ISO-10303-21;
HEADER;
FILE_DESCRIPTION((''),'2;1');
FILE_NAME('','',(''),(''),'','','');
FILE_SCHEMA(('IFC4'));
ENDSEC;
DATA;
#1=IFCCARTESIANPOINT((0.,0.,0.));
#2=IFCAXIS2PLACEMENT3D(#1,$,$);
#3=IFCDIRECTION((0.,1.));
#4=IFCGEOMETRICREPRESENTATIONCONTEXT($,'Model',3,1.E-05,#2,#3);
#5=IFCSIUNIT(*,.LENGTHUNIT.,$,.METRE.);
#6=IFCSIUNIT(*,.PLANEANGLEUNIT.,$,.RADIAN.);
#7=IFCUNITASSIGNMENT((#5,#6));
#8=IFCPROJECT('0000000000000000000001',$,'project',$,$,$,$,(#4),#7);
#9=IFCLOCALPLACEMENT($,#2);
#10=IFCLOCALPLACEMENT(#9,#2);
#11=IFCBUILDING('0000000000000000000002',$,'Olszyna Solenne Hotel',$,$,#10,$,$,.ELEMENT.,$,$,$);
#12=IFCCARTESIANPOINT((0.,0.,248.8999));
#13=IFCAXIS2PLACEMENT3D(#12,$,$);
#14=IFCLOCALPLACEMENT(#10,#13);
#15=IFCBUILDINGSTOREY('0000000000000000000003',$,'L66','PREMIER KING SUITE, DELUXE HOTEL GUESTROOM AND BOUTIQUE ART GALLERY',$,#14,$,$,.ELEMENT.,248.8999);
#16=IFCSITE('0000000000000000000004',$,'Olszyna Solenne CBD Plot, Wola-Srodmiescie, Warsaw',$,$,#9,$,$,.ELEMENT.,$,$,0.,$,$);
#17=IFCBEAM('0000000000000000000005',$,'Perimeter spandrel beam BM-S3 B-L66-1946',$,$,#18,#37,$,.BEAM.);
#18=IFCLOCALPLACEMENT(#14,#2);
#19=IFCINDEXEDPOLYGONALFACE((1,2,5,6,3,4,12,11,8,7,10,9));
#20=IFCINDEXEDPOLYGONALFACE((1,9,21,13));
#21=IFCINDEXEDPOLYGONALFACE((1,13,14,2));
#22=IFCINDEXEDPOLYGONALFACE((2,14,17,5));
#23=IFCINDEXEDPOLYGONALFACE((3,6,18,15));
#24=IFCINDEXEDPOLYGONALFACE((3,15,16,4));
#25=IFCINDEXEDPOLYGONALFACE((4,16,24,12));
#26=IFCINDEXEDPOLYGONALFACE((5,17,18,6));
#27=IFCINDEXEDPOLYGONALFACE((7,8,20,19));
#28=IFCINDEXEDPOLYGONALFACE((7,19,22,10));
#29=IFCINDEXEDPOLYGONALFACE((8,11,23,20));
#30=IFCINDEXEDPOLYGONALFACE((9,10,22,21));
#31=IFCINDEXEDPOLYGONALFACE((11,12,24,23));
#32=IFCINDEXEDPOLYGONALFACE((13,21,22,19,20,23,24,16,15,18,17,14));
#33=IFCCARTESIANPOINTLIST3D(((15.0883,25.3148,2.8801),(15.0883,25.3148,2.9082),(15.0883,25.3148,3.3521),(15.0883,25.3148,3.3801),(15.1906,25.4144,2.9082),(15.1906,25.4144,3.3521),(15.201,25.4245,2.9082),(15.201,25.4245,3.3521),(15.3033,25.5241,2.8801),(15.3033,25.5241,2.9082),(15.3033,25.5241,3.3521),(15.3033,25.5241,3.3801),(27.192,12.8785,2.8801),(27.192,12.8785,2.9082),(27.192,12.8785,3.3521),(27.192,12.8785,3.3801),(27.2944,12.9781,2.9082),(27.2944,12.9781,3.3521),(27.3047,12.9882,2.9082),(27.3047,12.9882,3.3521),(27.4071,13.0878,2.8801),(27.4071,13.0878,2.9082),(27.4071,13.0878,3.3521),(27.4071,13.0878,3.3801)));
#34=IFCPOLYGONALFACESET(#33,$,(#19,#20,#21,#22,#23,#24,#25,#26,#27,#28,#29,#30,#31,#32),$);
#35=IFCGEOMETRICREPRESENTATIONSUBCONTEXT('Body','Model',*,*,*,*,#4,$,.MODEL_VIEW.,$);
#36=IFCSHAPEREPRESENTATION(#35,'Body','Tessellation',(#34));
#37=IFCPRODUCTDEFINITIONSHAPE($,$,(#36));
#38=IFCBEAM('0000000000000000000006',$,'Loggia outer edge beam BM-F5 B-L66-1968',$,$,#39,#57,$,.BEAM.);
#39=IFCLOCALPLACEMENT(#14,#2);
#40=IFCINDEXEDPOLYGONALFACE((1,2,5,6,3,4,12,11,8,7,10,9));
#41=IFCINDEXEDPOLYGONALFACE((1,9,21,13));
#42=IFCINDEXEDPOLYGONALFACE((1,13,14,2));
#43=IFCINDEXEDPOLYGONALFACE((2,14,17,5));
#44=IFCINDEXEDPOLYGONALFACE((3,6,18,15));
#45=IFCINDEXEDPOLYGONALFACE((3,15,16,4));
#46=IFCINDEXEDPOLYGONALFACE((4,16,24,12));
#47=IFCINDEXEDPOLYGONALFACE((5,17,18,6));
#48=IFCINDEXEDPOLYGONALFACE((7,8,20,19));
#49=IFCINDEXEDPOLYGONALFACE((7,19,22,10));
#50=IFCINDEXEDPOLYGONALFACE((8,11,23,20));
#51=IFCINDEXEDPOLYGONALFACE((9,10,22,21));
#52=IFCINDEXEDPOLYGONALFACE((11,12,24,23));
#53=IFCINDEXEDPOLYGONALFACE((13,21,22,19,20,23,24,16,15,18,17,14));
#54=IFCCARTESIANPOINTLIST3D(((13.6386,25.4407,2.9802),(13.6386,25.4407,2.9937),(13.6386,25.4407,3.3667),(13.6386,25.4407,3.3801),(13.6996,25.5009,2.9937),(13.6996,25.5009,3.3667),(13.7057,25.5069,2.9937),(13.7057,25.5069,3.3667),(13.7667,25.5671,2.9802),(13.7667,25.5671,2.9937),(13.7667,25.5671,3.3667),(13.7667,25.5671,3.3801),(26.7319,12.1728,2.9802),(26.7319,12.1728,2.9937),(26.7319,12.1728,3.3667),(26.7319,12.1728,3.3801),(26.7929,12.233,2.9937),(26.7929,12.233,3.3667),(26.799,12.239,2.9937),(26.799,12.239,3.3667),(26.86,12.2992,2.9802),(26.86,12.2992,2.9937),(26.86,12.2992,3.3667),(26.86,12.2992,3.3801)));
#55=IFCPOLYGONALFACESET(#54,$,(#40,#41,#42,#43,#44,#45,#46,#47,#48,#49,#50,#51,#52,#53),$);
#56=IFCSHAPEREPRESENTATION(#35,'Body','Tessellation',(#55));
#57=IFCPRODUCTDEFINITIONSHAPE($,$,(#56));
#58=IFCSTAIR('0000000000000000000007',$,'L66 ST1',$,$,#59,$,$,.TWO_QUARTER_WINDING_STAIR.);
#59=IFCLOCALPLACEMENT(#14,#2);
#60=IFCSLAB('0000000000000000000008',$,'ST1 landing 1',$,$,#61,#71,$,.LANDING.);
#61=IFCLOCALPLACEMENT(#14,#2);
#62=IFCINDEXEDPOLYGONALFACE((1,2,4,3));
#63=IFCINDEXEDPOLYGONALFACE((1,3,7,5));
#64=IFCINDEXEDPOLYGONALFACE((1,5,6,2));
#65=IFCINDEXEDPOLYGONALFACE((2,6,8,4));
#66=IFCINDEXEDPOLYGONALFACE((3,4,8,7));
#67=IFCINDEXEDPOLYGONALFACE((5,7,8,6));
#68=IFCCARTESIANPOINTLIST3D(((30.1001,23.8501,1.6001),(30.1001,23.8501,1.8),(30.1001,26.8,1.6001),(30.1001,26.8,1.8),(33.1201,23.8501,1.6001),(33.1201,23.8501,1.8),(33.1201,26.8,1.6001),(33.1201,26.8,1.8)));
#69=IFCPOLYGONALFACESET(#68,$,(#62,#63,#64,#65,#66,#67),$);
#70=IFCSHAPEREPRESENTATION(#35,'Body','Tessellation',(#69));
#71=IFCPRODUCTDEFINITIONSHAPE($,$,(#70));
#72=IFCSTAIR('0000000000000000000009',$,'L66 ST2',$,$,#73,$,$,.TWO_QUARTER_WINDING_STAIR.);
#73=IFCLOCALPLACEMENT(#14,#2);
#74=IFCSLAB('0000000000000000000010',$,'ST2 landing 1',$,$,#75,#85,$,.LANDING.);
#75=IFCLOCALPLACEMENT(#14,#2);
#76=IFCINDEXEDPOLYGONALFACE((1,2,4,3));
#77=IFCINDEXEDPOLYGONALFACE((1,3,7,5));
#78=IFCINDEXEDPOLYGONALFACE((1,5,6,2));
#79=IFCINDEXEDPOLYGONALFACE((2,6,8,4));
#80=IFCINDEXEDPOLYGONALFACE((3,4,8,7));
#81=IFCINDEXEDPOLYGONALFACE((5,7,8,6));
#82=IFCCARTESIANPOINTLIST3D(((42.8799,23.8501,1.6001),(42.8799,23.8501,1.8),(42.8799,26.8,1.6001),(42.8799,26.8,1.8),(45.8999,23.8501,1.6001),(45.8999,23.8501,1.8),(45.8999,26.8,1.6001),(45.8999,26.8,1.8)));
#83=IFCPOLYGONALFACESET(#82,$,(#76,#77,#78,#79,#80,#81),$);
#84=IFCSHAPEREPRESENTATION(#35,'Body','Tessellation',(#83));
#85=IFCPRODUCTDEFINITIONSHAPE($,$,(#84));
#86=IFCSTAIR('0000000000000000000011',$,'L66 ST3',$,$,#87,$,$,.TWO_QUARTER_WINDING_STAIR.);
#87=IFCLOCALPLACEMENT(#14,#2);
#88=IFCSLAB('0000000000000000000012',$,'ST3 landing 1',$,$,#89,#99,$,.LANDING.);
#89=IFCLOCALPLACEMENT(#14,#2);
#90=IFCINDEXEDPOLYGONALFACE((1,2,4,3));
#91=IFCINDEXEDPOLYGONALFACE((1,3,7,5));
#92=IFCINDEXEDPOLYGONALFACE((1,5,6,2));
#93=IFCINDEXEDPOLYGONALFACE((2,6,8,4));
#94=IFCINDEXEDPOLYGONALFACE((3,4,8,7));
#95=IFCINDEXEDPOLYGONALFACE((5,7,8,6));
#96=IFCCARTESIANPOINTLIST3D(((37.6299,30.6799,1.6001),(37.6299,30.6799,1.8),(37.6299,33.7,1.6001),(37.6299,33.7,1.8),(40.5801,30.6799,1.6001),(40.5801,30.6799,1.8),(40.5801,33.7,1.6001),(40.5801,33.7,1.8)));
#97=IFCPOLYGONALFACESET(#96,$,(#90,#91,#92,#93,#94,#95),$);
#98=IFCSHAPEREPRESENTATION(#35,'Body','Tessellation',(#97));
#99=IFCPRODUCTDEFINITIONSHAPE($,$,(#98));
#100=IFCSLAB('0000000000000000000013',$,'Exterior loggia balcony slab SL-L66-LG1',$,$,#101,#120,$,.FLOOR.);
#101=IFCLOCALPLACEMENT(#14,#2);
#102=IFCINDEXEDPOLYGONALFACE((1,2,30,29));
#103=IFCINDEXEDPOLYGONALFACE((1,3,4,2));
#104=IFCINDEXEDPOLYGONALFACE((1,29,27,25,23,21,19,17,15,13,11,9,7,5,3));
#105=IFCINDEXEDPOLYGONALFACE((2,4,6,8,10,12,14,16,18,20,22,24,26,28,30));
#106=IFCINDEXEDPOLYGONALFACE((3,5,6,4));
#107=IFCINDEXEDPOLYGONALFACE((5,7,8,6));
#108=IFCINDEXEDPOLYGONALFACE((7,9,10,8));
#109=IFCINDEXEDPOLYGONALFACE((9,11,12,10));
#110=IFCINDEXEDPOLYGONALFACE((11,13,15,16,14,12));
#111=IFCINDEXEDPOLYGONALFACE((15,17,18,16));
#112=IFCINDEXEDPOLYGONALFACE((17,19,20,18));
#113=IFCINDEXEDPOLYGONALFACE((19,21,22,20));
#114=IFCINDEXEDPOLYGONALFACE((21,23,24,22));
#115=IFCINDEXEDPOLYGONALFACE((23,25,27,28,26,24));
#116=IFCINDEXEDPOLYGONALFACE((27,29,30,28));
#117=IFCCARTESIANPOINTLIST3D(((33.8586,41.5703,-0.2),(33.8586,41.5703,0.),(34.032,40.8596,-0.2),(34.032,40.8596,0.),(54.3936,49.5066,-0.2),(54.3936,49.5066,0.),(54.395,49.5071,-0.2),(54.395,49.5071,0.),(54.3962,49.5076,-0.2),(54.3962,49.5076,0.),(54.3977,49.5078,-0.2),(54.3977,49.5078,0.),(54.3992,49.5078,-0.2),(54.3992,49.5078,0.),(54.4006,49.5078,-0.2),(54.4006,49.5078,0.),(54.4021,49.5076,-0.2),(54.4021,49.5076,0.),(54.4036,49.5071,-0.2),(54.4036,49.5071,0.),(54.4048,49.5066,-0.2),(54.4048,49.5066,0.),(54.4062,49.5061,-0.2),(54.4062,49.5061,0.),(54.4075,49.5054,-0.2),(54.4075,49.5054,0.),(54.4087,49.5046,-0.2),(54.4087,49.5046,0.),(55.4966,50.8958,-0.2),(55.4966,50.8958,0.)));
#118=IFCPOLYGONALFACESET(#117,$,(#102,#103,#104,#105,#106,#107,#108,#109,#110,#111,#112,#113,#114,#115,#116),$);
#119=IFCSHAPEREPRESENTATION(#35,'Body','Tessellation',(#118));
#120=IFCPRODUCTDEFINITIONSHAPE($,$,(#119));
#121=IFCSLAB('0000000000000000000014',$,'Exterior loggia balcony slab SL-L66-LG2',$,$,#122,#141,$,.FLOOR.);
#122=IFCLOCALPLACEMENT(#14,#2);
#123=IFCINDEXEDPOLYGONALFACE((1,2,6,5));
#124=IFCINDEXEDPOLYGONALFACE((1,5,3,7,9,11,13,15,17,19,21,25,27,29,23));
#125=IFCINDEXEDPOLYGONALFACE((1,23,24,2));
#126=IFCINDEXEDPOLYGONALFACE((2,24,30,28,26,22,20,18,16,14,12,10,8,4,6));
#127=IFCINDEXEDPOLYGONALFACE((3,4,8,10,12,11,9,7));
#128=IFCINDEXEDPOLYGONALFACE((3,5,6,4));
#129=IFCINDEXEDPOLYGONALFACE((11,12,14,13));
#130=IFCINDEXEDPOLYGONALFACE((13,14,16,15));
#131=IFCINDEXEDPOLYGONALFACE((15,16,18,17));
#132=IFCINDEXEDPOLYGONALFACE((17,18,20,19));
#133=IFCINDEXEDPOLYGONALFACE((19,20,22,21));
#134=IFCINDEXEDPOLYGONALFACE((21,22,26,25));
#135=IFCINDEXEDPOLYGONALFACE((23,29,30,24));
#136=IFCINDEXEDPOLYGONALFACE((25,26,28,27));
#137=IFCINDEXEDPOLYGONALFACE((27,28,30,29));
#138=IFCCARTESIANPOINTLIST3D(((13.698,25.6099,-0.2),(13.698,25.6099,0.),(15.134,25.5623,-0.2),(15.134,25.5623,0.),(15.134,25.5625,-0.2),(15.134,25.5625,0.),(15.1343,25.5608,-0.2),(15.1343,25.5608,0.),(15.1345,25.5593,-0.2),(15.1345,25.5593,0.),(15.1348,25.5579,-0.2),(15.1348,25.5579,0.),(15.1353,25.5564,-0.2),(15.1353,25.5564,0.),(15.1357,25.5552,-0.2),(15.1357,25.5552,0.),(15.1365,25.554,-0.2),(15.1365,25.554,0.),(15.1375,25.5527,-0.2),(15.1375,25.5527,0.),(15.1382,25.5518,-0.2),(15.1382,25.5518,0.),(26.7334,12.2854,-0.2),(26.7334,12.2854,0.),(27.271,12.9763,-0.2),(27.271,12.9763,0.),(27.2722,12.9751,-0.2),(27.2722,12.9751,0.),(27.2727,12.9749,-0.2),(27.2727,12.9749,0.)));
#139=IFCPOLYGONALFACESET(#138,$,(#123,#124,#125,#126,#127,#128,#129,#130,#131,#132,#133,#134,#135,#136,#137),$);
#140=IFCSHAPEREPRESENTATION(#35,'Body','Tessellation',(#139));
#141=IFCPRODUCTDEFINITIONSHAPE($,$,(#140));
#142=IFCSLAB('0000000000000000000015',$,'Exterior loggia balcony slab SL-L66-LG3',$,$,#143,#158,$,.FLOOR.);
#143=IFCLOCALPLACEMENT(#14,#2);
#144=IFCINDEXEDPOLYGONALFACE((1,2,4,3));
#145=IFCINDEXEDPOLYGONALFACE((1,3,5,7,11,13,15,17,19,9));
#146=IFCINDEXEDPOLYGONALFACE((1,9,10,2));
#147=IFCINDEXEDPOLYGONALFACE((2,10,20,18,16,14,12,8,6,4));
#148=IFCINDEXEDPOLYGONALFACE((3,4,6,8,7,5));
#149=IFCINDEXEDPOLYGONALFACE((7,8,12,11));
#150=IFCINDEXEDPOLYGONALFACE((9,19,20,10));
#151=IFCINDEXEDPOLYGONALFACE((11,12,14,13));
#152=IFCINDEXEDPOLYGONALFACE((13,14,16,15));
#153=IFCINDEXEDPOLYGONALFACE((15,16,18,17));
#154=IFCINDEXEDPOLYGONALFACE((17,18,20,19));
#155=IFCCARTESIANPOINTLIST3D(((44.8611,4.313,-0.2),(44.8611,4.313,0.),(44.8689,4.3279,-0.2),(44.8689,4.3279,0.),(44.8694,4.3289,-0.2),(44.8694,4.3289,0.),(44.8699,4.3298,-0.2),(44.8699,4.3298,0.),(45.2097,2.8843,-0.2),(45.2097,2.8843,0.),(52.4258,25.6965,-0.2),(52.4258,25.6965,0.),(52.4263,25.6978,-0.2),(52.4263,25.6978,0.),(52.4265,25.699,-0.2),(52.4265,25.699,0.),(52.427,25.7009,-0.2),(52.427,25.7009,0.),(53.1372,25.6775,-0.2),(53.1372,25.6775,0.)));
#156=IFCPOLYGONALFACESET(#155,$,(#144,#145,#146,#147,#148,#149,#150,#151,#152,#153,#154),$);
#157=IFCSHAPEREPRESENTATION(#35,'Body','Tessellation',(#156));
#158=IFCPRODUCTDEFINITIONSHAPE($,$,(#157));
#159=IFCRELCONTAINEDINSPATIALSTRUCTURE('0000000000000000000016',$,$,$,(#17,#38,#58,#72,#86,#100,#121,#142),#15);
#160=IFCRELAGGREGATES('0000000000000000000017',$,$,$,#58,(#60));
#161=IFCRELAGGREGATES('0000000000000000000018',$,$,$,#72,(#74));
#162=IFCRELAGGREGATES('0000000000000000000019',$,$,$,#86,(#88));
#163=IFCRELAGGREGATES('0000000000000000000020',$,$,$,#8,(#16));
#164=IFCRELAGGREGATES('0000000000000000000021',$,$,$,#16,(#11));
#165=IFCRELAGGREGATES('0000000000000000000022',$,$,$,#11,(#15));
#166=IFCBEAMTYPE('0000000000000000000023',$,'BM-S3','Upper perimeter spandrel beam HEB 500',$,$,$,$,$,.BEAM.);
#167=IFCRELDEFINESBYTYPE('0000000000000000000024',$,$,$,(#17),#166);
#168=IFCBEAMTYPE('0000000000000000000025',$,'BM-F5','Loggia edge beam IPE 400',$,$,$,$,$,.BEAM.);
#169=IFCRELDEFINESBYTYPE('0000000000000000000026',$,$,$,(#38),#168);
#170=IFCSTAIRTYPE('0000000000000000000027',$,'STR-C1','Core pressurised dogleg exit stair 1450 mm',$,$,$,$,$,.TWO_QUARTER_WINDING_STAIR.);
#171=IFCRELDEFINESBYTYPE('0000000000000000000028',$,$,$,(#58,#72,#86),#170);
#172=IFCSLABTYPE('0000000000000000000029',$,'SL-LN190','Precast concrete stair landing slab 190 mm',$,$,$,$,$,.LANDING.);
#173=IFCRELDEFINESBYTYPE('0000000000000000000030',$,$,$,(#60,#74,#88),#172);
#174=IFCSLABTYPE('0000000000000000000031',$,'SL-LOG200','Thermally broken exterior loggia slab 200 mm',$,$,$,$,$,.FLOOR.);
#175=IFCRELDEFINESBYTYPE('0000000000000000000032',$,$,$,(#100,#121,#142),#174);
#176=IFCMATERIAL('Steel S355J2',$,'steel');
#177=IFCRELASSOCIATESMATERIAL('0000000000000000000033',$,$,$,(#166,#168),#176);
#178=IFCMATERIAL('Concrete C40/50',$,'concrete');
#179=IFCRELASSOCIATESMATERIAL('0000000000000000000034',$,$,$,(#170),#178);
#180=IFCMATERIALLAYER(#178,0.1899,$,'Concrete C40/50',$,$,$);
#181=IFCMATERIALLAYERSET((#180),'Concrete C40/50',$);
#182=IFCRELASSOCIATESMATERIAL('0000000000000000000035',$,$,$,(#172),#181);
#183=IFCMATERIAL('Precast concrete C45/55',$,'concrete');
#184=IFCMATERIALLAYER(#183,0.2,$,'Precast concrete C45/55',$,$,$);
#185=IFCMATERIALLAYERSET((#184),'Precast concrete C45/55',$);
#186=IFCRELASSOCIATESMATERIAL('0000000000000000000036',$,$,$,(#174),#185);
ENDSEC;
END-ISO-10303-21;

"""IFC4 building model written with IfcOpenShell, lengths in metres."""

from ifc_helpers import new_model, si_unit, direction, frame, origin, origin_2d, place, context, subcontext, project, spatial, polyline, i_section, outline, extrude, source, transform, mapped, material, layer, layer_set, material_profile, profile_set, type_object, element, aggregate, save


model = new_model("IFC4")

# Units and contexts
model_context = context("Model", 3, precision=1e-05, world=origin(), true_north=direction((0.0, 1.0)))
body_context = subcontext(model_context, "Body", "Model", "MODEL_VIEW")
ifc_project = project(units=[si_unit("LENGTHUNIT", "METRE"), si_unit("PLANEANGLEUNIT", "RADIAN")], contexts=[model_context])

# Site, building, storey
site_placement = place(None, origin())
site = spatial("IfcSite", under=ifc_project, at=site_placement, Name="Olszyna Solenne CBD Plot, Wola-Srodmiescie, Warsaw", CompositionType="ELEMENT", RefElevation=0.0)
building_placement = place(site_placement, origin())
building = spatial("IfcBuilding", under=site, at=building_placement, Name="Olszyna Solenne Hotel", CompositionType="ELEMENT")
storey_placement = place(building_placement, frame((0.0, 0.0, 248.8999)))
storey = spatial("IfcBuildingStorey", under=building, at=storey_placement, Name="L66", Description="PREMIER KING SUITE, DELUXE HOTEL GUESTROOM AND BOUTIQUE ART GALLERY", CompositionType="ELEMENT", Elevation=248.8999)

# Beams
ifc_material_1 = material(Name="Steel S355J2", Category="steel")
ifc_material_profile_1 = material_profile(ifc_material_1, i_section(OverallWidth=0.3, OverallDepth=0.5, WebThickness=0.0144, FlangeThickness=0.0281, at=origin_2d()), Name="HEB 500", Category="load-bearing")
ifc_profile_set_1 = profile_set([ifc_material_profile_1], Name="Steel S355J2")
beam_type_1 = type_object("IfcBeamType", Name="BM-S3", Description="Upper perimeter spandrel beam HEB 500", PredefinedType="BEAM", material=ifc_profile_set_1)
shared_shape_1 = source(origin(), body_context, "Body", "SweptSolid", [
    extrude(i_section(OverallWidth=0.3, OverallDepth=0.5, WebThickness=0.0144, FlangeThickness=0.0281, at=origin_2d()), origin(), (0.0, 0.0, 1.0), 17.354),
])
beam_1_placement = place(storey_placement, frame((15.1958, 25.4194, 3.1301), z_axis=(0.697461, -0.716622, 0.0), x_axis=(0.716622, 0.697461, 0.0)))
element("IfcBeam", 1, at=beam_1_placement, inside=storey, type_object=beam_type_1, Name="Perimeter spandrel beam BM-S3 B-L66-1946", PredefinedType="BEAM", context=body_context, shape_type="MappedRepresentation", body=[
    mapped(shared_shape_1, transform((0.0, 0.0, 0.0), x_axis=(1.0, 0.0, 0.0), y_axis=(0.0, 1.0, 0.0), z_axis=(0.0, 0.0, 1.0), scale=1.0)),
])
ifc_material_profile_2 = material_profile(ifc_material_1, i_section(OverallWidth=0.1799, OverallDepth=0.3999, WebThickness=0.0085, FlangeThickness=0.0134, at=origin_2d()), Name="IPE 400", Category="load-bearing")
ifc_profile_set_2 = profile_set([ifc_material_profile_2], Name="Steel S355J2")
beam_type_2 = type_object("IfcBeamType", Name="BM-F5", Description="Loggia edge beam IPE 400", PredefinedType="BEAM", material=ifc_profile_set_2)
shared_shape_2 = source(origin(), body_context, "Body", "SweptSolid", [
    extrude(i_section(OverallWidth=0.1799, OverallDepth=0.3999, WebThickness=0.0085, FlangeThickness=0.0134, at=origin_2d()), origin(), (0.0, 0.0, 1.0), 18.6406),
])
beam_2_placement = place(storey_placement, frame((13.7026, 25.5039, 3.1802), z_axis=(0.702409, -0.711774, 0.0), x_axis=(0.711774, 0.702409, 0.0)))
element("IfcBeam", 2, at=beam_2_placement, inside=storey, type_object=beam_type_2, Name="Loggia outer edge beam BM-F5 B-L66-1968", PredefinedType="BEAM", context=body_context, shape_type="MappedRepresentation", body=[
    mapped(shared_shape_2, transform((0.0, 0.0, 0.0), x_axis=(1.0, 0.0, 0.0), y_axis=(0.0, 1.0, 0.0), z_axis=(0.0, 0.0, 1.0), scale=1.0)),
])

# Stairs, slabs
ifc_material_2 = material(Name="Concrete C40/50", Category="concrete")
stair_type = type_object("IfcStairType", Name="STR-C1", Description="Core pressurised dogleg exit stair 1450 mm", PredefinedType="TWO_QUARTER_WINDING_STAIR", material=ifc_material_2)
stair_1_placement = place(storey_placement, origin())
stair_1 = element("IfcStair", 3, at=stair_1_placement, inside=storey, type_object=stair_type, Name="L66 ST1", PredefinedType="TWO_QUARTER_WINDING_STAIR")
ifc_layer_1 = layer(ifc_material_2, 0.1899, Name="Concrete C40/50")
ifc_layer_set_1 = layer_set([ifc_layer_1], Name="Concrete C40/50")
slab_type_1 = type_object("IfcSlabType", Name="SL-LN190", Description="Precast concrete stair landing slab 190 mm", PredefinedType="LANDING", material=ifc_layer_set_1)
slab_1_placement = place(storey_placement, frame((0.0, 0.0, 1.6001)))
slab_1 = element("IfcSlab", 4, at=slab_1_placement, type_object=slab_type_1, Name="ST1 landing 1", PredefinedType="LANDING", context=body_context, shape_type="SweptSolid", body=[
    extrude(outline(polyline([(33.1201, 23.8501), (33.1201, 26.8), (30.1001, 26.8), (30.1001, 23.8501), (33.1201, 23.8501)])), origin(), (0.0, 0.0, 1.0), 0.2),
])
aggregate(stair_1, [slab_1])
stair_2_placement = place(storey_placement, origin())
stair_2 = element("IfcStair", 5, at=stair_2_placement, inside=storey, type_object=stair_type, Name="L66 ST2", PredefinedType="TWO_QUARTER_WINDING_STAIR")
slab_2_placement = place(storey_placement, frame((0.0, 0.0, 1.6001)))
slab_2 = element("IfcSlab", 6, at=slab_2_placement, type_object=slab_type_1, Name="ST2 landing 1", PredefinedType="LANDING", context=body_context, shape_type="SweptSolid", body=[
    extrude(outline(polyline([(45.8999, 23.8501), (45.8999, 26.8), (42.8799, 26.8), (42.8799, 23.8501), (45.8999, 23.8501)])), origin(), (0.0, 0.0, 1.0), 0.2),
])
aggregate(stair_2, [slab_2])
stair_3_placement = place(storey_placement, origin())
stair_3 = element("IfcStair", 7, at=stair_3_placement, inside=storey, type_object=stair_type, Name="L66 ST3", PredefinedType="TWO_QUARTER_WINDING_STAIR")
slab_3_placement = place(storey_placement, frame((0.0, 0.0, 1.6001)))
slab_3 = element("IfcSlab", 8, at=slab_3_placement, type_object=slab_type_1, Name="ST3 landing 1", PredefinedType="LANDING", context=body_context, shape_type="SweptSolid", body=[
    extrude(outline(polyline([(37.6299, 30.6799), (40.5801, 30.6799), (40.5801, 33.7), (37.6299, 33.7), (37.6299, 30.6799)])), origin(), (0.0, 0.0, 1.0), 0.2),
])
aggregate(stair_3, [slab_3])

# Slabs
ifc_material_3 = material(Name="Precast concrete C45/55", Category="concrete")
ifc_layer_2 = layer(ifc_material_3, 0.2, Name="Precast concrete C45/55")
ifc_layer_set_2 = layer_set([ifc_layer_2], Name="Precast concrete C45/55")
slab_type_2 = type_object("IfcSlabType", Name="SL-LOG200", Description="Thermally broken exterior loggia slab 200 mm", PredefinedType="FLOOR", material=ifc_layer_set_2)
slab_4_placement = place(storey_placement, frame((0.0, 0.0, -0.2)))
element("IfcSlab", 9, at=slab_4_placement, inside=storey, type_object=slab_type_2, Name="Exterior loggia balcony slab SL-L66-LG1", PredefinedType="FLOOR", context=body_context, shape_type="SweptSolid", body=[
    extrude(outline(polyline([(34.032, 40.8596), (54.3936, 49.5066), (54.395, 49.5071), (54.3962, 49.5076), (54.3977, 49.5078), (54.3992, 49.5078), (54.4006, 49.5078), (54.4021, 49.5076), (54.4036, 49.5071), (54.4048, 49.5066), (54.4062, 49.5061), (54.4075, 49.5054), (54.4087, 49.5046), (55.4966, 50.8958), (33.8586, 41.5703), (34.032, 40.8596)])), origin(), (0.0, 0.0, 1.0), 0.2),
])
slab_5_placement = place(storey_placement, frame((0.0, 0.0, -0.2)))
element("IfcSlab", 10, at=slab_5_placement, inside=storey, type_object=slab_type_2, Name="Exterior loggia balcony slab SL-L66-LG2", PredefinedType="FLOOR", context=body_context, shape_type="SweptSolid", body=[
    extrude(outline(polyline([(27.2727, 12.9749), (27.2722, 12.9751), (27.271, 12.9763), (15.1382, 25.5518), (15.1375, 25.5527), (15.1365, 25.554), (15.1357, 25.5552), (15.1353, 25.5564), (15.1348, 25.5579), (15.1345, 25.5593), (15.1343, 25.5608), (15.134, 25.5623), (15.134, 25.5625), (13.698, 25.6099), (26.7334, 12.2854), (27.2727, 12.9749)])), origin(), (0.0, 0.0, 1.0), 0.2),
])
slab_6_placement = place(storey_placement, frame((0.0, 0.0, -0.2)))
element("IfcSlab", 11, at=slab_6_placement, inside=storey, type_object=slab_type_2, Name="Exterior loggia balcony slab SL-L66-LG3", PredefinedType="FLOOR", context=body_context, shape_type="SweptSolid", body=[
    extrude(outline(polyline([(52.427, 25.7009), (52.4265, 25.699), (52.4263, 25.6978), (52.4258, 25.6965), (44.8699, 4.3298), (44.8694, 4.3289), (44.8689, 4.3279), (44.8611, 4.313), (45.2097, 2.8843), (53.1372, 25.6775), (52.427, 25.7009)])), origin(), (0.0, 0.0, 1.0), 0.2),
])

save(model, "model.ifc")
